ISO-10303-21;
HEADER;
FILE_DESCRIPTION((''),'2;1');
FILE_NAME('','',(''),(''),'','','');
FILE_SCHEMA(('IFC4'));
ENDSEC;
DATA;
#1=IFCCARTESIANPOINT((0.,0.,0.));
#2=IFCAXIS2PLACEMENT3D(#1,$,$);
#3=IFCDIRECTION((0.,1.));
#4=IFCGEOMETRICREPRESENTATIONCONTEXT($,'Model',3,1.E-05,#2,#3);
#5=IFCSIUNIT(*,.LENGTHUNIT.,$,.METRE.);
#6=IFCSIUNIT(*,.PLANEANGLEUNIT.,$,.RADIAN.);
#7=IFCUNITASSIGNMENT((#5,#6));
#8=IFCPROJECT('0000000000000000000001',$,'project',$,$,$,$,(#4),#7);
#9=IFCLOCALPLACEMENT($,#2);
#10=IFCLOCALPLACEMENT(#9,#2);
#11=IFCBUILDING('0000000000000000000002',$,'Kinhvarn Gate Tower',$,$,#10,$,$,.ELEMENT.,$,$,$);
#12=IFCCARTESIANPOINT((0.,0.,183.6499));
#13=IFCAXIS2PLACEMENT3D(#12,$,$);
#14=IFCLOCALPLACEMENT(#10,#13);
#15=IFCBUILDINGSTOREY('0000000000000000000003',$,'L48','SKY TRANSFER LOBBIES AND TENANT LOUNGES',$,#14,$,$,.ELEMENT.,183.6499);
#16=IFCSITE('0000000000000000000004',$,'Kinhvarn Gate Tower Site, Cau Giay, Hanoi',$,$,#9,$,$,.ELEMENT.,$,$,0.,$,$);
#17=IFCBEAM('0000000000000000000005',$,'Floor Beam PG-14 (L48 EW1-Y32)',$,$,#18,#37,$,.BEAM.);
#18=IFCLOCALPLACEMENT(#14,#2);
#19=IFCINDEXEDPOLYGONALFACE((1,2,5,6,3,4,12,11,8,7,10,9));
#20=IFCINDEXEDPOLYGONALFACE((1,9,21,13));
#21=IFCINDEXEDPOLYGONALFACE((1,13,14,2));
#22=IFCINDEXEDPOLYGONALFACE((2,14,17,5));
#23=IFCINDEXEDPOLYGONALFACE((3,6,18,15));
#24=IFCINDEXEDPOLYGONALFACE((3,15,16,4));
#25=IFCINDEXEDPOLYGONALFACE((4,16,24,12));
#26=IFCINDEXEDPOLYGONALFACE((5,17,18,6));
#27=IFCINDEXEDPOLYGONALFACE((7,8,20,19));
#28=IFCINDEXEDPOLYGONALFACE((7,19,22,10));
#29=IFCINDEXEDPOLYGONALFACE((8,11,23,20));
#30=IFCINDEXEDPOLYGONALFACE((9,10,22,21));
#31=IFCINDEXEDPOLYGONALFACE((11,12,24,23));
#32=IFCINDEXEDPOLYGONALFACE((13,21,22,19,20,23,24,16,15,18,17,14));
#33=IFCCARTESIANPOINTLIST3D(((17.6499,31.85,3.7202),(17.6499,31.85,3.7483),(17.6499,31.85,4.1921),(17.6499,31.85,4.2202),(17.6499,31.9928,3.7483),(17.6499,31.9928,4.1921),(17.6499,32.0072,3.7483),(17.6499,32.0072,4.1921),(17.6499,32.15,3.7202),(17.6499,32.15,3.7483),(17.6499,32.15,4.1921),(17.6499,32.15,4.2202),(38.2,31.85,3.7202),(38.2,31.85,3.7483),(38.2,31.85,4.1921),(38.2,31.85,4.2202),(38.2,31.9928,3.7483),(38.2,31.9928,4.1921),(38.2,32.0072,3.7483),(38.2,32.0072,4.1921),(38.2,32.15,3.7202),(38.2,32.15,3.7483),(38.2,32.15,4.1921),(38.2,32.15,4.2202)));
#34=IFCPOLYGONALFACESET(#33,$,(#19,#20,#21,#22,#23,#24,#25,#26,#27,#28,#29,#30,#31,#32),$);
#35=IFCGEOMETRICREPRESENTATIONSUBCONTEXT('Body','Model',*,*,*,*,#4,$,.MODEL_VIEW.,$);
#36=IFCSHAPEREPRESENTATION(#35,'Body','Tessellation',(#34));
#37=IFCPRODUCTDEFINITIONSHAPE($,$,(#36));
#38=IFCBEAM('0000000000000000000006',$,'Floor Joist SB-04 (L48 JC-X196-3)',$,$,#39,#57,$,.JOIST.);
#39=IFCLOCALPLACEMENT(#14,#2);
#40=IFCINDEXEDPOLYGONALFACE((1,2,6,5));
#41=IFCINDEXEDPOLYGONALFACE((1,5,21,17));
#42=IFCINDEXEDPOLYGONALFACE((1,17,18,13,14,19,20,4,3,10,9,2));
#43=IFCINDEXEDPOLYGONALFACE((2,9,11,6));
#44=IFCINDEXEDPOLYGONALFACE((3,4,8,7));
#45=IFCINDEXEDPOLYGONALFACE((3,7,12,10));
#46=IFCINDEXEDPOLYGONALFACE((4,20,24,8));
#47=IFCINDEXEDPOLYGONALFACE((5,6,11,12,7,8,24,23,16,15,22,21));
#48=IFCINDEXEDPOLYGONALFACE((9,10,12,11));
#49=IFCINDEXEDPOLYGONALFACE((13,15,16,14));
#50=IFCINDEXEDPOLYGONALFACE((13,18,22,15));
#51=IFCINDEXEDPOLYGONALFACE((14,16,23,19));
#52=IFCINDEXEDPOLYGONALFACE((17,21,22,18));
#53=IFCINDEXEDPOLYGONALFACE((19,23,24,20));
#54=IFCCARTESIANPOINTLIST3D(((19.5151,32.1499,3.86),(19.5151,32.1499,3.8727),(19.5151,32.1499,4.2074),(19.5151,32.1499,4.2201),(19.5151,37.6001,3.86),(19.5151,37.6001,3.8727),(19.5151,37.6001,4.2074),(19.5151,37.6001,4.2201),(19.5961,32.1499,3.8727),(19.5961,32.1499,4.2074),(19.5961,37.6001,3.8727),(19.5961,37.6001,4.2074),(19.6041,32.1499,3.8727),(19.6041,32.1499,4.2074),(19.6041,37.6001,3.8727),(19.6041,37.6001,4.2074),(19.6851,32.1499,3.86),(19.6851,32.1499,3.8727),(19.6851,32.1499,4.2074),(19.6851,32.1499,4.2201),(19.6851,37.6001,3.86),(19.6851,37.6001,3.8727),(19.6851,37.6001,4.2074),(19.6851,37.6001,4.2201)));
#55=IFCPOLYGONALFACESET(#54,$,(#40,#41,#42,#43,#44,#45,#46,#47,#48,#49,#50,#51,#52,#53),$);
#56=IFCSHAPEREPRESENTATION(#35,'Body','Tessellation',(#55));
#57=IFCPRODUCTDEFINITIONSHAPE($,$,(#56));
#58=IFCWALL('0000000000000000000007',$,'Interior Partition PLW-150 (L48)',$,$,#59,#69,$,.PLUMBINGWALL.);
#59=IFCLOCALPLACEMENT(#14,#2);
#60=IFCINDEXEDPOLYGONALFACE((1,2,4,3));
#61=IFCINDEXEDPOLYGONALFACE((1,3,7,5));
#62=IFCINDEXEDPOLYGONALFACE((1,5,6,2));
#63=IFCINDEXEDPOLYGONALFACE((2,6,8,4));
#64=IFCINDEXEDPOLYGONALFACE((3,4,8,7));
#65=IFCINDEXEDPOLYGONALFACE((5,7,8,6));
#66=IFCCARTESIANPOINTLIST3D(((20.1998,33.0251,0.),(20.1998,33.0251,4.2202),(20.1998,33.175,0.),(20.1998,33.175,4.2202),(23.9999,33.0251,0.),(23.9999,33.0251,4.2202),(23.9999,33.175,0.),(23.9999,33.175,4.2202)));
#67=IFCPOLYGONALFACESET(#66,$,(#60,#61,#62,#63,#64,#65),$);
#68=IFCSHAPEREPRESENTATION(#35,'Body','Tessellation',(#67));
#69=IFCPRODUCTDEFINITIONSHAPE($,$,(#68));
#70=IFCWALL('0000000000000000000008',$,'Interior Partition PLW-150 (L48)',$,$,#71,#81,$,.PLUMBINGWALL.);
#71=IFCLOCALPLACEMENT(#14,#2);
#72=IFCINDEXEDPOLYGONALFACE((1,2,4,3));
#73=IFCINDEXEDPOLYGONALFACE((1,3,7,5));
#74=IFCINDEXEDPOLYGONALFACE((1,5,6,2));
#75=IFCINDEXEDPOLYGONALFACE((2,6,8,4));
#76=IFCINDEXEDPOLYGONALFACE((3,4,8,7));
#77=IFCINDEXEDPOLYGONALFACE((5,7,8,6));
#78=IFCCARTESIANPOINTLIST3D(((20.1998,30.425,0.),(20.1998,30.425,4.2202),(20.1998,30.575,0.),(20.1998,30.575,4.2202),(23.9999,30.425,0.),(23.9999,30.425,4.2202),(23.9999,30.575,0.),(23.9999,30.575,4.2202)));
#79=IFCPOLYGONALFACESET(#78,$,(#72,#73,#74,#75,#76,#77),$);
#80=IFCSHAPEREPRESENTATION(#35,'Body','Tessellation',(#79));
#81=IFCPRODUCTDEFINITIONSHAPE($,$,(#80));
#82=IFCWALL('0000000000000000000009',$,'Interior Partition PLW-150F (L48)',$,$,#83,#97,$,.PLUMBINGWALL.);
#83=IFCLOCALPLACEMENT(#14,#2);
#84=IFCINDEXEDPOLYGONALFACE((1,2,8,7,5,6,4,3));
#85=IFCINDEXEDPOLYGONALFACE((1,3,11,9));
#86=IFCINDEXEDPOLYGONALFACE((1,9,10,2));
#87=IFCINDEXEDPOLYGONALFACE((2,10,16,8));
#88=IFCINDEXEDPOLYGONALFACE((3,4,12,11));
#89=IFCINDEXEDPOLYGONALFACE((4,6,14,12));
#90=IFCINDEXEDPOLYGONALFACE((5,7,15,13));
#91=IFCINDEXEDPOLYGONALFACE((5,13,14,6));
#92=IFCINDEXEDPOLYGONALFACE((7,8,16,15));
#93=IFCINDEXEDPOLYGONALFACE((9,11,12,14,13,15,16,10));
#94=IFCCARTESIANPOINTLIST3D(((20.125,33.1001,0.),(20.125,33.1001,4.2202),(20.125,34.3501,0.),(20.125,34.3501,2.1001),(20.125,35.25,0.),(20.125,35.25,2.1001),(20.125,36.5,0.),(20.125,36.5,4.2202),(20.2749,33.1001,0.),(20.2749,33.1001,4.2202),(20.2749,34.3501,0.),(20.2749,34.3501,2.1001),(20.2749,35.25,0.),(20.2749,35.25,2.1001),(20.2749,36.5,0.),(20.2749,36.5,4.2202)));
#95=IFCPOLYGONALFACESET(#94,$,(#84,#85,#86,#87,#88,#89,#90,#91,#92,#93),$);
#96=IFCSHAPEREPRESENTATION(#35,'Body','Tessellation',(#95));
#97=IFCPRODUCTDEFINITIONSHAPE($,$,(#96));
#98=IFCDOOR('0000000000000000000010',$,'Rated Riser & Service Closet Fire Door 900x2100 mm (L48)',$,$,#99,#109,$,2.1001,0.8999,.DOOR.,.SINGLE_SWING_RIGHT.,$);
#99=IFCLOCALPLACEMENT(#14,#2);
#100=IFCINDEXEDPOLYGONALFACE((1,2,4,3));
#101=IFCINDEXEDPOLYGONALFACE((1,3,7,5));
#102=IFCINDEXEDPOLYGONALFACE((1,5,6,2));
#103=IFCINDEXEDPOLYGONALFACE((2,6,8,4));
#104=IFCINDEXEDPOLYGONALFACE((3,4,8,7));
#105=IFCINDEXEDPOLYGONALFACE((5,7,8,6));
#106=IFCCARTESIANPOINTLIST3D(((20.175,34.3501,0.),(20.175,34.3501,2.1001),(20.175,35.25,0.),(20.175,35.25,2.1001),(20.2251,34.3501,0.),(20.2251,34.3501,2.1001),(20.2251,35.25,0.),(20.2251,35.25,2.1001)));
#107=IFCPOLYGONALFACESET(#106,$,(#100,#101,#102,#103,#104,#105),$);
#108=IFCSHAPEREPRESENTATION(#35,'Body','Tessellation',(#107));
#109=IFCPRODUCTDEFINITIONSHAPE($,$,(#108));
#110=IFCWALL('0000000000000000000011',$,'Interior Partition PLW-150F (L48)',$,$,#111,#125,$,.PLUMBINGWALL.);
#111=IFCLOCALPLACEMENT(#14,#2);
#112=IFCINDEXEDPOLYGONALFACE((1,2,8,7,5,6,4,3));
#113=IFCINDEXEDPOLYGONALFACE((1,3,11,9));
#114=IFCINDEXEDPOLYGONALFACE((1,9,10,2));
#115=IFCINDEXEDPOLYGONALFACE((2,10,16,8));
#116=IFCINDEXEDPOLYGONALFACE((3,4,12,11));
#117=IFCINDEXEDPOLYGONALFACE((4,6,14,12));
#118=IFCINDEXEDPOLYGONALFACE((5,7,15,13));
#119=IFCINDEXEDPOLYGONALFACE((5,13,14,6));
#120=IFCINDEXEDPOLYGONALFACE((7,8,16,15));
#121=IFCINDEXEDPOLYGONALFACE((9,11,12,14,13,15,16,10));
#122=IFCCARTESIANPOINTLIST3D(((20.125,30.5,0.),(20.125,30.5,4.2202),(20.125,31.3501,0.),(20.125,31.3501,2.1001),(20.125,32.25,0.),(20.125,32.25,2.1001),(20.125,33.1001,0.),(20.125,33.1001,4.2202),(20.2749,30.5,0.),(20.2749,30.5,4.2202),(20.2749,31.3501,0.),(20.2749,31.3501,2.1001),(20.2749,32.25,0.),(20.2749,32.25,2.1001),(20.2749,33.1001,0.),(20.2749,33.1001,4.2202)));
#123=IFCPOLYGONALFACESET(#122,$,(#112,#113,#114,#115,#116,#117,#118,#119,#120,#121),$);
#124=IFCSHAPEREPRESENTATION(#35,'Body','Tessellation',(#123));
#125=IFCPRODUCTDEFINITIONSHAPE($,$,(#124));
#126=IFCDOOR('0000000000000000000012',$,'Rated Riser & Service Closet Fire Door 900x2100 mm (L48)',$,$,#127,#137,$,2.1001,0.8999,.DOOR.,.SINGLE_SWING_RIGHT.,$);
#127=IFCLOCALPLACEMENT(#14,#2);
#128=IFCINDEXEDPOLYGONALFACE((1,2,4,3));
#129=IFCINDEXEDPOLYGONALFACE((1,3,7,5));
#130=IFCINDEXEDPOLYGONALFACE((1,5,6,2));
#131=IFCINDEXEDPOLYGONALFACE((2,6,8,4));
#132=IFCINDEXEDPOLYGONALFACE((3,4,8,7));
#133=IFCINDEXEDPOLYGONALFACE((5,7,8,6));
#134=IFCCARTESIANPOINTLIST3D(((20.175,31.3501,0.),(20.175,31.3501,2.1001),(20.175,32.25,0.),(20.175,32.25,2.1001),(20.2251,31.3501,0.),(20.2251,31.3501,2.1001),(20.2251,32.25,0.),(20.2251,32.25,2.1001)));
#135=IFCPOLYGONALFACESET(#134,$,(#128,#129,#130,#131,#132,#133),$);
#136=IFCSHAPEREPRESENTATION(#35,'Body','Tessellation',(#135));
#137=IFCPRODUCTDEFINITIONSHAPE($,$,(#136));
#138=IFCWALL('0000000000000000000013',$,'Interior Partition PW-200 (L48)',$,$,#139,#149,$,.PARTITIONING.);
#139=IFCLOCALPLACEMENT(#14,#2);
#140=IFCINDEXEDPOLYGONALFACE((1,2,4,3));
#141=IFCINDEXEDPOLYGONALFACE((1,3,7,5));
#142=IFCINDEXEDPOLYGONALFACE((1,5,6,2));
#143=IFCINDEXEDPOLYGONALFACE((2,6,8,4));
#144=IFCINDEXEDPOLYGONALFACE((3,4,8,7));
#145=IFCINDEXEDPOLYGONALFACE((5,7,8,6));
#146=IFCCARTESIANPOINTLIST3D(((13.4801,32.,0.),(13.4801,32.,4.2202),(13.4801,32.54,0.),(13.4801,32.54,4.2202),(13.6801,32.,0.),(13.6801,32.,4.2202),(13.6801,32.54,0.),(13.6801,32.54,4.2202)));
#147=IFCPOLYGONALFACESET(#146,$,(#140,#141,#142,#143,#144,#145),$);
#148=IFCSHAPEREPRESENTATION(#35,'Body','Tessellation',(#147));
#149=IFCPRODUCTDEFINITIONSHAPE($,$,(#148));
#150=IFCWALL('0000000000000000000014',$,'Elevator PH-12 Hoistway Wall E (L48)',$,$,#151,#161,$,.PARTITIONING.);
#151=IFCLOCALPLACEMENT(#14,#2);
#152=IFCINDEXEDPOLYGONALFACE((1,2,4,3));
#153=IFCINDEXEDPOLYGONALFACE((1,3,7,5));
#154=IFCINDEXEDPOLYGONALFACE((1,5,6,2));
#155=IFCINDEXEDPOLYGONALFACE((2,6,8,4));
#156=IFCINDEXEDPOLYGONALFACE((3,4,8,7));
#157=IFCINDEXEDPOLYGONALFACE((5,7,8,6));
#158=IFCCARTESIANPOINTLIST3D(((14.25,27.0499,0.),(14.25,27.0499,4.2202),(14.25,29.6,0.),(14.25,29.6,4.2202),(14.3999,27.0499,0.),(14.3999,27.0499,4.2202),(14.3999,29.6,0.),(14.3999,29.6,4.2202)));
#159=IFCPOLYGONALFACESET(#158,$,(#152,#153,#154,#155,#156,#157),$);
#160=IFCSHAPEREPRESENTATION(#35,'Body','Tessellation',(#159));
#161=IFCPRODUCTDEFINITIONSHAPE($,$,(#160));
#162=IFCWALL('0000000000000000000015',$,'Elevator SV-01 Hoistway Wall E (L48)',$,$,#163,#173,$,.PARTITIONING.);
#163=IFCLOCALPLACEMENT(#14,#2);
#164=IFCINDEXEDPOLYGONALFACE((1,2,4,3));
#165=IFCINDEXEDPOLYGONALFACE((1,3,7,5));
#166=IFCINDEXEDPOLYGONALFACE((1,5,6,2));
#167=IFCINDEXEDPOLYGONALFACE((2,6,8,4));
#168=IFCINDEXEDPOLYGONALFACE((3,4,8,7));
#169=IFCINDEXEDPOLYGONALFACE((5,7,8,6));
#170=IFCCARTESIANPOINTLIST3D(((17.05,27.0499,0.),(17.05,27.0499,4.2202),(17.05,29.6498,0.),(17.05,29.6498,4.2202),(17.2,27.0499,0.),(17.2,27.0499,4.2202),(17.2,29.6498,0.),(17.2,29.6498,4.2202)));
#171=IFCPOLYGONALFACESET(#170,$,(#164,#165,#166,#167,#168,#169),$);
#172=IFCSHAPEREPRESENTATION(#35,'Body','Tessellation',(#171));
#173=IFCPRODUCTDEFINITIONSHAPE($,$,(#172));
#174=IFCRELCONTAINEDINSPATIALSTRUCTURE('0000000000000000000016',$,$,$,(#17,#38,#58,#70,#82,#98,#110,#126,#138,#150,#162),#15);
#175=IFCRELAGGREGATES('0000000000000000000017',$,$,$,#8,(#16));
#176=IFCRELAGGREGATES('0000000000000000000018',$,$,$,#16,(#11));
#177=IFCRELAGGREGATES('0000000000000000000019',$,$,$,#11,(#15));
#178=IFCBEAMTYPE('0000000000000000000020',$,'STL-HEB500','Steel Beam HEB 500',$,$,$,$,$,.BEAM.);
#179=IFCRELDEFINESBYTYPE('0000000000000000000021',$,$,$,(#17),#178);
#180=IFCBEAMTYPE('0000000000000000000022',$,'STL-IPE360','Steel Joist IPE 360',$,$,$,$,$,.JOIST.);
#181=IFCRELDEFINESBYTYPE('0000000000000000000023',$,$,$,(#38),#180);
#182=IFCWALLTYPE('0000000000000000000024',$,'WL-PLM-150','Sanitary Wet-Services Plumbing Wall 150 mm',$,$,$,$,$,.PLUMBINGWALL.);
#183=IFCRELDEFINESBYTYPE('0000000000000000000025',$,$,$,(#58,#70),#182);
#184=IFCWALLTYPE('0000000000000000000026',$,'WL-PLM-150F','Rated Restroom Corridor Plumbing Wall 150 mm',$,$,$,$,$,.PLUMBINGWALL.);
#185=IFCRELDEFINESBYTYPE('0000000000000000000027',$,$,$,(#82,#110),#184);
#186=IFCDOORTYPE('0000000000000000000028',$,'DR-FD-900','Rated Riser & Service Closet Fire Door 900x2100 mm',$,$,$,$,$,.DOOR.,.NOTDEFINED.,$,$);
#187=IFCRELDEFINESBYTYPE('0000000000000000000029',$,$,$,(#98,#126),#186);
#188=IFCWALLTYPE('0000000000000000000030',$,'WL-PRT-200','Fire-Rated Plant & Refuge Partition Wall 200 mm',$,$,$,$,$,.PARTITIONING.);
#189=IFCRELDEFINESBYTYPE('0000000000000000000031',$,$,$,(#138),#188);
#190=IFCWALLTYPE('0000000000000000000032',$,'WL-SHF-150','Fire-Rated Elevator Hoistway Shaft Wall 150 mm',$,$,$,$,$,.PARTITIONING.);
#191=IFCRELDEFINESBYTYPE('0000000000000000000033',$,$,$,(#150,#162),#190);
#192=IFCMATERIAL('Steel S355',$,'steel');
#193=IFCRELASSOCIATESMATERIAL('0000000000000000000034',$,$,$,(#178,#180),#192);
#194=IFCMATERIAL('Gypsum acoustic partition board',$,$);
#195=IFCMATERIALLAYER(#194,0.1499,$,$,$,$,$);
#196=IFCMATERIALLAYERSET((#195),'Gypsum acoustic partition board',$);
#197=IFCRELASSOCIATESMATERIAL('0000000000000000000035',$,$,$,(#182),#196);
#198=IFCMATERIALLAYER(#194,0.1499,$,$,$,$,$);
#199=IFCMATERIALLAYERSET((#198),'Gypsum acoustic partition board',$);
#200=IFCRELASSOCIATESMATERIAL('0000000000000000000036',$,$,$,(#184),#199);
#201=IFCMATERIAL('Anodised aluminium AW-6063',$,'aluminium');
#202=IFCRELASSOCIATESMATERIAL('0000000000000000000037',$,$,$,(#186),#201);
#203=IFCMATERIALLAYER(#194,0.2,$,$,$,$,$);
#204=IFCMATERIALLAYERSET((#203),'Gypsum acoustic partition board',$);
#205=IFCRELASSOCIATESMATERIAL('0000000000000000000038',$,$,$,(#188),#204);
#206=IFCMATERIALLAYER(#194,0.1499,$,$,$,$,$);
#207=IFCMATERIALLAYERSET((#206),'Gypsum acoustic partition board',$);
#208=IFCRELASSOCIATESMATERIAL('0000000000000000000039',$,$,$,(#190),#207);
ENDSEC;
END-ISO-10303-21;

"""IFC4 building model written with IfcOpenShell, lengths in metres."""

from ifc_helpers import new_model, si_unit, direction, frame, frame_2d, origin, origin_2d, place, context, subcontext, project, spatial, rectangle, i_section, extrude, material, layer, layer_set, material_profile, profile_set, type_object, element, fill, save


model = new_model("IFC4")

# Units and contexts
model_context = context("Model", 3, precision=1e-05, world=origin(), true_north=direction((0.0, 1.0)))
body_context = subcontext(model_context, "Body", "Model", "MODEL_VIEW")
ifc_project = project(units=[si_unit("LENGTHUNIT", "METRE"), si_unit("PLANEANGLEUNIT", "RADIAN")], contexts=[model_context])

# Site, building, storey
site_placement = place(None, origin())
site = spatial("IfcSite", under=ifc_project, at=site_placement, Name="Kinhvarn Gate Tower Site, Cau Giay, Hanoi", CompositionType="ELEMENT", RefElevation=0.0)
building_placement = place(site_placement, origin())
building = spatial("IfcBuilding", under=site, at=building_placement, Name="Kinhvarn Gate Tower", CompositionType="ELEMENT")
storey_placement = place(building_placement, frame((0.0, 0.0, 183.6499)))
storey = spatial("IfcBuildingStorey", under=building, at=storey_placement, Name="L48", Description="SKY TRANSFER LOBBIES AND TENANT LOUNGES", CompositionType="ELEMENT", Elevation=183.6499)

# Beams
ifc_material_1 = material(Name="Steel S355", Category="steel")
ifc_material_profile_1 = material_profile(ifc_material_1, i_section(OverallWidth=0.3, OverallDepth=0.5, WebThickness=0.0144, FlangeThickness=0.0281, at=origin_2d()), Name="HEB 500")
ifc_profile_set_1 = profile_set([ifc_material_profile_1], Name="Steel S355")
beam_type_1 = type_object("IfcBeamType", Name="STL-HEB500", Description="Steel Beam HEB 500", PredefinedType="BEAM", material=ifc_profile_set_1)
beam_1_placement = place(storey_placement, frame((17.6499, 32.0, 3.9702), z_axis=(1.0, 0.0, 0.0), x_axis=(0.0, 1.0, 0.0)))
element("IfcBeam", 1, at=beam_1_placement, inside=storey, type_object=beam_type_1, Name="Floor Beam PG-14 (L48 EW1-Y32)", PredefinedType="BEAM", context=body_context, shape_type="SweptSolid", body=[
    extrude(i_section(OverallWidth=0.3, OverallDepth=0.5, WebThickness=0.0144, FlangeThickness=0.0281, at=origin_2d()), origin(), (0.0, 0.0, 1.0), 20.55),
])
ifc_material_profile_2 = material_profile(ifc_material_1, i_section(OverallWidth=0.1699, OverallDepth=0.3601, WebThickness=0.0081, FlangeThickness=0.0127, at=origin_2d()), Name="IPE 360")
ifc_profile_set_2 = profile_set([ifc_material_profile_2], Name="Steel S355")
beam_type_2 = type_object("IfcBeamType", Name="STL-IPE360", Description="Steel Joist IPE 360", PredefinedType="JOIST", material=ifc_profile_set_2)
beam_2_placement = place(storey_placement, frame((19.6001, 32.1499, 4.04), z_axis=(0.0, 1.0, 0.0), x_axis=(-1.0, 0.0, 0.0)))
element("IfcBeam", 2, at=beam_2_placement, inside=storey, type_object=beam_type_2, Name="Floor Joist SB-04 (L48 JC-X196-3)", PredefinedType="JOIST", context=body_context, shape_type="SweptSolid", body=[
    extrude(i_section(OverallWidth=0.1699, OverallDepth=0.3601, WebThickness=0.0081, FlangeThickness=0.0127, at=origin_2d()), origin(), (0.0, 0.0, 1.0), 5.4502),
])

# Shared definitions
ifc_material_2 = material(Name="Anodised aluminium AW-6063", Category="aluminium")

# Walls
ifc_material_3 = material(Name="Gypsum acoustic partition board")
ifc_layer_1 = layer(ifc_material_3, 0.1499)
ifc_layer_set_1 = layer_set([ifc_layer_1], Name="Gypsum acoustic partition board")
wall_type_1 = type_object("IfcWallType", Name="WL-PLM-150", Description="Sanitary Wet-Services Plumbing Wall 150 mm", PredefinedType="PLUMBINGWALL", material=ifc_layer_set_1)
for number, where, z_axis, x_axis, name in (
    (3, (20.2, 33.1001, 0.0), (0.0, 0.0, 1.0), (1.0, 0.0, 0.0), "Interior Partition PLW-150 (L48)"),
    (4, (20.2, 30.5, 0.0), (0.0, 0.0, 1.0), (1.0, 0.0, 0.0), "Interior Partition PLW-150 (L48)"),
):
    element("IfcWall", number, at=place(storey_placement, frame(where, z_axis=z_axis, x_axis=x_axis)), inside=storey, type_object=wall_type_1, Name=name, PredefinedType="PLUMBINGWALL", context=body_context, shape_type="SweptSolid", body=[
        extrude(rectangle(XDim=3.8, YDim=0.1499, at=frame_2d((1.8999, 0.0))), origin(), (0.0, 0.0, 1.0), 4.2202),
    ])

# Walls, openings, doors
ifc_layer_2 = layer(ifc_material_3, 0.1499)
ifc_layer_set_2 = layer_set([ifc_layer_2], Name="Gypsum acoustic partition board")
wall_type_2 = type_object("IfcWallType", Name="WL-PLM-150F", Description="Rated Restroom Corridor Plumbing Wall 150 mm", PredefinedType="PLUMBINGWALL", material=ifc_layer_set_2)
wall_1_placement = place(storey_placement, frame((20.2, 33.1001, 0.0), z_axis=(0.0, 0.0, 1.0), x_axis=(0.0, 1.0, 0.0)))
wall_1 = element("IfcWall", 5, at=wall_1_placement, inside=storey, type_object=wall_type_2, Name="Interior Partition PLW-150F (L48)", PredefinedType="PLUMBINGWALL", context=body_context, shape_type="SweptSolid", body=[
    extrude(rectangle(XDim=3.3999, YDim=0.1499, at=frame_2d((1.7, 0.0))), origin(), (0.0, 0.0, 1.0), 4.2202),
])
opening_1_placement = place(wall_1_placement, frame((1.25, 0.0, 0.0)))
opening_1 = element("IfcOpeningElement", 6, at=opening_1_placement, cuts=wall_1, PredefinedType="OPENING", context=body_context, shape_type="SweptSolid", body=[
    extrude(rectangle(XDim=0.8999, YDim=2.1001, at=frame_2d((0.45, 1.05))), frame((0.0, 0.085, 0.0), z_axis=(0.0, -1.0, 0.0), x_axis=(1.0, 0.0, 0.0)), (0.0, 0.0, 1.0), 0.1699),
])
door_type_1 = type_object("IfcDoorType", Name="DR-FD-900", Description="Rated Riser & Service Closet Fire Door 900x2100 mm", OperationType="NOTDEFINED", PredefinedType="DOOR", material=ifc_material_2)
door_1_placement = place(opening_1_placement, origin())
door_1 = element("IfcDoor", 7, at=door_1_placement, inside=storey, type_object=door_type_1, Name="Rated Riser & Service Closet Fire Door 900x2100 mm (L48)", OperationType="SINGLE_SWING_RIGHT", OverallHeight=2.1001, OverallWidth=0.8999, PredefinedType="DOOR", context=body_context, shape_type="SweptSolid", body=[
    extrude(rectangle(XDim=0.8999, YDim=2.1001, at=frame_2d((0.45, 1.05))), frame((0.0, 0.0249, 0.0), z_axis=(0.0, -1.0, 0.0), x_axis=(1.0, 0.0, 0.0)), (0.0, 0.0, 1.0), 0.05),
])
fill(opening_1, door_1)
wall_2_placement = place(storey_placement, frame((20.2, 30.5, 0.0), z_axis=(0.0, 0.0, 1.0), x_axis=(0.0, 1.0, 0.0)))
wall_2 = element("IfcWall", 8, at=wall_2_placement, inside=storey, type_object=wall_type_2, Name="Interior Partition PLW-150F (L48)", PredefinedType="PLUMBINGWALL", context=body_context, shape_type="SweptSolid", body=[
    extrude(rectangle(XDim=2.6001, YDim=0.1499, at=frame_2d((1.3, 0.0))), origin(), (0.0, 0.0, 1.0), 4.2202),
])
opening_2_placement = place(wall_2_placement, frame((0.8501, 0.0, 0.0)))
opening_2 = element("IfcOpeningElement", 9, at=opening_2_placement, cuts=wall_2, PredefinedType="OPENING", context=body_context, shape_type="SweptSolid", body=[
    extrude(rectangle(XDim=0.8999, YDim=2.1001, at=frame_2d((0.45, 1.05))), frame((0.0, 0.085, 0.0), z_axis=(0.0, -1.0, 0.0), x_axis=(1.0, 0.0, 0.0)), (0.0, 0.0, 1.0), 0.1699),
])
door_2_placement = place(opening_2_placement, origin())
door_2 = element("IfcDoor", 10, at=door_2_placement, inside=storey, type_object=door_type_1, Name="Rated Riser & Service Closet Fire Door 900x2100 mm (L48)", OperationType="SINGLE_SWING_RIGHT", OverallHeight=2.1001, OverallWidth=0.8999, PredefinedType="DOOR", context=body_context, shape_type="SweptSolid", body=[
    extrude(rectangle(XDim=0.8999, YDim=2.1001, at=frame_2d((0.45, 1.05))), frame((0.0, 0.0249, 0.0), z_axis=(0.0, -1.0, 0.0), x_axis=(1.0, 0.0, 0.0)), (0.0, 0.0, 1.0), 0.05),
])
fill(opening_2, door_2)

# Walls
ifc_layer_3 = layer(ifc_material_3, 0.2)
ifc_layer_set_3 = layer_set([ifc_layer_3], Name="Gypsum acoustic partition board")
wall_type_3 = type_object("IfcWallType", Name="WL-PRT-200", Description="Fire-Rated Plant & Refuge Partition Wall 200 mm", PredefinedType="PARTITIONING", material=ifc_layer_set_3)
wall_3_placement = place(storey_placement, frame((13.5801, 32.0, 0.0), z_axis=(0.0, 0.0, 1.0), x_axis=(0.0, 1.0, 0.0)))
element("IfcWall", 11, at=wall_3_placement, inside=storey, type_object=wall_type_3, Name="Interior Partition PW-200 (L48)", PredefinedType="PARTITIONING", context=body_context, shape_type="SweptSolid", body=[
    extrude(rectangle(XDim=0.54, YDim=0.2, at=frame_2d((0.27, 0.0))), origin(), (0.0, 0.0, 1.0), 4.2202),
])
ifc_layer_4 = layer(ifc_material_3, 0.1499)
ifc_layer_set_4 = layer_set([ifc_layer_4], Name="Gypsum acoustic partition board")
wall_type_4 = type_object("IfcWallType", Name="WL-SHF-150", Description="Fire-Rated Elevator Hoistway Shaft Wall 150 mm", PredefinedType="PARTITIONING", material=ifc_layer_set_4)
wall_4_placement = place(storey_placement, frame((14.325, 27.05, 0.0), z_axis=(0.0, 0.0, 1.0), x_axis=(0.0, 1.0, 0.0)))
element("IfcWall", 12, at=wall_4_placement, inside=storey, type_object=wall_type_4, Name="Elevator PH-12 Hoistway Wall E (L48)", PredefinedType="PARTITIONING", context=body_context, shape_type="SweptSolid", body=[
    extrude(rectangle(XDim=2.55, YDim=0.1499, at=frame_2d((1.2749, 0.0))), origin(), (0.0, 0.0, 1.0), 4.2202),
])
wall_5_placement = place(storey_placement, frame((17.125, 27.05, 0.0), z_axis=(0.0, 0.0, 1.0), x_axis=(0.0, 1.0, 0.0)))
element("IfcWall", 13, at=wall_5_placement, inside=storey, type_object=wall_type_4, Name="Elevator SV-01 Hoistway Wall E (L48)", PredefinedType="PARTITIONING", context=body_context, shape_type="SweptSolid", body=[
    extrude(rectangle(XDim=2.5999, YDim=0.1499, at=frame_2d((1.2998, 0.0))), origin(), (0.0, 0.0, 1.0), 4.2202),
])

save(model, "model.ifc")
